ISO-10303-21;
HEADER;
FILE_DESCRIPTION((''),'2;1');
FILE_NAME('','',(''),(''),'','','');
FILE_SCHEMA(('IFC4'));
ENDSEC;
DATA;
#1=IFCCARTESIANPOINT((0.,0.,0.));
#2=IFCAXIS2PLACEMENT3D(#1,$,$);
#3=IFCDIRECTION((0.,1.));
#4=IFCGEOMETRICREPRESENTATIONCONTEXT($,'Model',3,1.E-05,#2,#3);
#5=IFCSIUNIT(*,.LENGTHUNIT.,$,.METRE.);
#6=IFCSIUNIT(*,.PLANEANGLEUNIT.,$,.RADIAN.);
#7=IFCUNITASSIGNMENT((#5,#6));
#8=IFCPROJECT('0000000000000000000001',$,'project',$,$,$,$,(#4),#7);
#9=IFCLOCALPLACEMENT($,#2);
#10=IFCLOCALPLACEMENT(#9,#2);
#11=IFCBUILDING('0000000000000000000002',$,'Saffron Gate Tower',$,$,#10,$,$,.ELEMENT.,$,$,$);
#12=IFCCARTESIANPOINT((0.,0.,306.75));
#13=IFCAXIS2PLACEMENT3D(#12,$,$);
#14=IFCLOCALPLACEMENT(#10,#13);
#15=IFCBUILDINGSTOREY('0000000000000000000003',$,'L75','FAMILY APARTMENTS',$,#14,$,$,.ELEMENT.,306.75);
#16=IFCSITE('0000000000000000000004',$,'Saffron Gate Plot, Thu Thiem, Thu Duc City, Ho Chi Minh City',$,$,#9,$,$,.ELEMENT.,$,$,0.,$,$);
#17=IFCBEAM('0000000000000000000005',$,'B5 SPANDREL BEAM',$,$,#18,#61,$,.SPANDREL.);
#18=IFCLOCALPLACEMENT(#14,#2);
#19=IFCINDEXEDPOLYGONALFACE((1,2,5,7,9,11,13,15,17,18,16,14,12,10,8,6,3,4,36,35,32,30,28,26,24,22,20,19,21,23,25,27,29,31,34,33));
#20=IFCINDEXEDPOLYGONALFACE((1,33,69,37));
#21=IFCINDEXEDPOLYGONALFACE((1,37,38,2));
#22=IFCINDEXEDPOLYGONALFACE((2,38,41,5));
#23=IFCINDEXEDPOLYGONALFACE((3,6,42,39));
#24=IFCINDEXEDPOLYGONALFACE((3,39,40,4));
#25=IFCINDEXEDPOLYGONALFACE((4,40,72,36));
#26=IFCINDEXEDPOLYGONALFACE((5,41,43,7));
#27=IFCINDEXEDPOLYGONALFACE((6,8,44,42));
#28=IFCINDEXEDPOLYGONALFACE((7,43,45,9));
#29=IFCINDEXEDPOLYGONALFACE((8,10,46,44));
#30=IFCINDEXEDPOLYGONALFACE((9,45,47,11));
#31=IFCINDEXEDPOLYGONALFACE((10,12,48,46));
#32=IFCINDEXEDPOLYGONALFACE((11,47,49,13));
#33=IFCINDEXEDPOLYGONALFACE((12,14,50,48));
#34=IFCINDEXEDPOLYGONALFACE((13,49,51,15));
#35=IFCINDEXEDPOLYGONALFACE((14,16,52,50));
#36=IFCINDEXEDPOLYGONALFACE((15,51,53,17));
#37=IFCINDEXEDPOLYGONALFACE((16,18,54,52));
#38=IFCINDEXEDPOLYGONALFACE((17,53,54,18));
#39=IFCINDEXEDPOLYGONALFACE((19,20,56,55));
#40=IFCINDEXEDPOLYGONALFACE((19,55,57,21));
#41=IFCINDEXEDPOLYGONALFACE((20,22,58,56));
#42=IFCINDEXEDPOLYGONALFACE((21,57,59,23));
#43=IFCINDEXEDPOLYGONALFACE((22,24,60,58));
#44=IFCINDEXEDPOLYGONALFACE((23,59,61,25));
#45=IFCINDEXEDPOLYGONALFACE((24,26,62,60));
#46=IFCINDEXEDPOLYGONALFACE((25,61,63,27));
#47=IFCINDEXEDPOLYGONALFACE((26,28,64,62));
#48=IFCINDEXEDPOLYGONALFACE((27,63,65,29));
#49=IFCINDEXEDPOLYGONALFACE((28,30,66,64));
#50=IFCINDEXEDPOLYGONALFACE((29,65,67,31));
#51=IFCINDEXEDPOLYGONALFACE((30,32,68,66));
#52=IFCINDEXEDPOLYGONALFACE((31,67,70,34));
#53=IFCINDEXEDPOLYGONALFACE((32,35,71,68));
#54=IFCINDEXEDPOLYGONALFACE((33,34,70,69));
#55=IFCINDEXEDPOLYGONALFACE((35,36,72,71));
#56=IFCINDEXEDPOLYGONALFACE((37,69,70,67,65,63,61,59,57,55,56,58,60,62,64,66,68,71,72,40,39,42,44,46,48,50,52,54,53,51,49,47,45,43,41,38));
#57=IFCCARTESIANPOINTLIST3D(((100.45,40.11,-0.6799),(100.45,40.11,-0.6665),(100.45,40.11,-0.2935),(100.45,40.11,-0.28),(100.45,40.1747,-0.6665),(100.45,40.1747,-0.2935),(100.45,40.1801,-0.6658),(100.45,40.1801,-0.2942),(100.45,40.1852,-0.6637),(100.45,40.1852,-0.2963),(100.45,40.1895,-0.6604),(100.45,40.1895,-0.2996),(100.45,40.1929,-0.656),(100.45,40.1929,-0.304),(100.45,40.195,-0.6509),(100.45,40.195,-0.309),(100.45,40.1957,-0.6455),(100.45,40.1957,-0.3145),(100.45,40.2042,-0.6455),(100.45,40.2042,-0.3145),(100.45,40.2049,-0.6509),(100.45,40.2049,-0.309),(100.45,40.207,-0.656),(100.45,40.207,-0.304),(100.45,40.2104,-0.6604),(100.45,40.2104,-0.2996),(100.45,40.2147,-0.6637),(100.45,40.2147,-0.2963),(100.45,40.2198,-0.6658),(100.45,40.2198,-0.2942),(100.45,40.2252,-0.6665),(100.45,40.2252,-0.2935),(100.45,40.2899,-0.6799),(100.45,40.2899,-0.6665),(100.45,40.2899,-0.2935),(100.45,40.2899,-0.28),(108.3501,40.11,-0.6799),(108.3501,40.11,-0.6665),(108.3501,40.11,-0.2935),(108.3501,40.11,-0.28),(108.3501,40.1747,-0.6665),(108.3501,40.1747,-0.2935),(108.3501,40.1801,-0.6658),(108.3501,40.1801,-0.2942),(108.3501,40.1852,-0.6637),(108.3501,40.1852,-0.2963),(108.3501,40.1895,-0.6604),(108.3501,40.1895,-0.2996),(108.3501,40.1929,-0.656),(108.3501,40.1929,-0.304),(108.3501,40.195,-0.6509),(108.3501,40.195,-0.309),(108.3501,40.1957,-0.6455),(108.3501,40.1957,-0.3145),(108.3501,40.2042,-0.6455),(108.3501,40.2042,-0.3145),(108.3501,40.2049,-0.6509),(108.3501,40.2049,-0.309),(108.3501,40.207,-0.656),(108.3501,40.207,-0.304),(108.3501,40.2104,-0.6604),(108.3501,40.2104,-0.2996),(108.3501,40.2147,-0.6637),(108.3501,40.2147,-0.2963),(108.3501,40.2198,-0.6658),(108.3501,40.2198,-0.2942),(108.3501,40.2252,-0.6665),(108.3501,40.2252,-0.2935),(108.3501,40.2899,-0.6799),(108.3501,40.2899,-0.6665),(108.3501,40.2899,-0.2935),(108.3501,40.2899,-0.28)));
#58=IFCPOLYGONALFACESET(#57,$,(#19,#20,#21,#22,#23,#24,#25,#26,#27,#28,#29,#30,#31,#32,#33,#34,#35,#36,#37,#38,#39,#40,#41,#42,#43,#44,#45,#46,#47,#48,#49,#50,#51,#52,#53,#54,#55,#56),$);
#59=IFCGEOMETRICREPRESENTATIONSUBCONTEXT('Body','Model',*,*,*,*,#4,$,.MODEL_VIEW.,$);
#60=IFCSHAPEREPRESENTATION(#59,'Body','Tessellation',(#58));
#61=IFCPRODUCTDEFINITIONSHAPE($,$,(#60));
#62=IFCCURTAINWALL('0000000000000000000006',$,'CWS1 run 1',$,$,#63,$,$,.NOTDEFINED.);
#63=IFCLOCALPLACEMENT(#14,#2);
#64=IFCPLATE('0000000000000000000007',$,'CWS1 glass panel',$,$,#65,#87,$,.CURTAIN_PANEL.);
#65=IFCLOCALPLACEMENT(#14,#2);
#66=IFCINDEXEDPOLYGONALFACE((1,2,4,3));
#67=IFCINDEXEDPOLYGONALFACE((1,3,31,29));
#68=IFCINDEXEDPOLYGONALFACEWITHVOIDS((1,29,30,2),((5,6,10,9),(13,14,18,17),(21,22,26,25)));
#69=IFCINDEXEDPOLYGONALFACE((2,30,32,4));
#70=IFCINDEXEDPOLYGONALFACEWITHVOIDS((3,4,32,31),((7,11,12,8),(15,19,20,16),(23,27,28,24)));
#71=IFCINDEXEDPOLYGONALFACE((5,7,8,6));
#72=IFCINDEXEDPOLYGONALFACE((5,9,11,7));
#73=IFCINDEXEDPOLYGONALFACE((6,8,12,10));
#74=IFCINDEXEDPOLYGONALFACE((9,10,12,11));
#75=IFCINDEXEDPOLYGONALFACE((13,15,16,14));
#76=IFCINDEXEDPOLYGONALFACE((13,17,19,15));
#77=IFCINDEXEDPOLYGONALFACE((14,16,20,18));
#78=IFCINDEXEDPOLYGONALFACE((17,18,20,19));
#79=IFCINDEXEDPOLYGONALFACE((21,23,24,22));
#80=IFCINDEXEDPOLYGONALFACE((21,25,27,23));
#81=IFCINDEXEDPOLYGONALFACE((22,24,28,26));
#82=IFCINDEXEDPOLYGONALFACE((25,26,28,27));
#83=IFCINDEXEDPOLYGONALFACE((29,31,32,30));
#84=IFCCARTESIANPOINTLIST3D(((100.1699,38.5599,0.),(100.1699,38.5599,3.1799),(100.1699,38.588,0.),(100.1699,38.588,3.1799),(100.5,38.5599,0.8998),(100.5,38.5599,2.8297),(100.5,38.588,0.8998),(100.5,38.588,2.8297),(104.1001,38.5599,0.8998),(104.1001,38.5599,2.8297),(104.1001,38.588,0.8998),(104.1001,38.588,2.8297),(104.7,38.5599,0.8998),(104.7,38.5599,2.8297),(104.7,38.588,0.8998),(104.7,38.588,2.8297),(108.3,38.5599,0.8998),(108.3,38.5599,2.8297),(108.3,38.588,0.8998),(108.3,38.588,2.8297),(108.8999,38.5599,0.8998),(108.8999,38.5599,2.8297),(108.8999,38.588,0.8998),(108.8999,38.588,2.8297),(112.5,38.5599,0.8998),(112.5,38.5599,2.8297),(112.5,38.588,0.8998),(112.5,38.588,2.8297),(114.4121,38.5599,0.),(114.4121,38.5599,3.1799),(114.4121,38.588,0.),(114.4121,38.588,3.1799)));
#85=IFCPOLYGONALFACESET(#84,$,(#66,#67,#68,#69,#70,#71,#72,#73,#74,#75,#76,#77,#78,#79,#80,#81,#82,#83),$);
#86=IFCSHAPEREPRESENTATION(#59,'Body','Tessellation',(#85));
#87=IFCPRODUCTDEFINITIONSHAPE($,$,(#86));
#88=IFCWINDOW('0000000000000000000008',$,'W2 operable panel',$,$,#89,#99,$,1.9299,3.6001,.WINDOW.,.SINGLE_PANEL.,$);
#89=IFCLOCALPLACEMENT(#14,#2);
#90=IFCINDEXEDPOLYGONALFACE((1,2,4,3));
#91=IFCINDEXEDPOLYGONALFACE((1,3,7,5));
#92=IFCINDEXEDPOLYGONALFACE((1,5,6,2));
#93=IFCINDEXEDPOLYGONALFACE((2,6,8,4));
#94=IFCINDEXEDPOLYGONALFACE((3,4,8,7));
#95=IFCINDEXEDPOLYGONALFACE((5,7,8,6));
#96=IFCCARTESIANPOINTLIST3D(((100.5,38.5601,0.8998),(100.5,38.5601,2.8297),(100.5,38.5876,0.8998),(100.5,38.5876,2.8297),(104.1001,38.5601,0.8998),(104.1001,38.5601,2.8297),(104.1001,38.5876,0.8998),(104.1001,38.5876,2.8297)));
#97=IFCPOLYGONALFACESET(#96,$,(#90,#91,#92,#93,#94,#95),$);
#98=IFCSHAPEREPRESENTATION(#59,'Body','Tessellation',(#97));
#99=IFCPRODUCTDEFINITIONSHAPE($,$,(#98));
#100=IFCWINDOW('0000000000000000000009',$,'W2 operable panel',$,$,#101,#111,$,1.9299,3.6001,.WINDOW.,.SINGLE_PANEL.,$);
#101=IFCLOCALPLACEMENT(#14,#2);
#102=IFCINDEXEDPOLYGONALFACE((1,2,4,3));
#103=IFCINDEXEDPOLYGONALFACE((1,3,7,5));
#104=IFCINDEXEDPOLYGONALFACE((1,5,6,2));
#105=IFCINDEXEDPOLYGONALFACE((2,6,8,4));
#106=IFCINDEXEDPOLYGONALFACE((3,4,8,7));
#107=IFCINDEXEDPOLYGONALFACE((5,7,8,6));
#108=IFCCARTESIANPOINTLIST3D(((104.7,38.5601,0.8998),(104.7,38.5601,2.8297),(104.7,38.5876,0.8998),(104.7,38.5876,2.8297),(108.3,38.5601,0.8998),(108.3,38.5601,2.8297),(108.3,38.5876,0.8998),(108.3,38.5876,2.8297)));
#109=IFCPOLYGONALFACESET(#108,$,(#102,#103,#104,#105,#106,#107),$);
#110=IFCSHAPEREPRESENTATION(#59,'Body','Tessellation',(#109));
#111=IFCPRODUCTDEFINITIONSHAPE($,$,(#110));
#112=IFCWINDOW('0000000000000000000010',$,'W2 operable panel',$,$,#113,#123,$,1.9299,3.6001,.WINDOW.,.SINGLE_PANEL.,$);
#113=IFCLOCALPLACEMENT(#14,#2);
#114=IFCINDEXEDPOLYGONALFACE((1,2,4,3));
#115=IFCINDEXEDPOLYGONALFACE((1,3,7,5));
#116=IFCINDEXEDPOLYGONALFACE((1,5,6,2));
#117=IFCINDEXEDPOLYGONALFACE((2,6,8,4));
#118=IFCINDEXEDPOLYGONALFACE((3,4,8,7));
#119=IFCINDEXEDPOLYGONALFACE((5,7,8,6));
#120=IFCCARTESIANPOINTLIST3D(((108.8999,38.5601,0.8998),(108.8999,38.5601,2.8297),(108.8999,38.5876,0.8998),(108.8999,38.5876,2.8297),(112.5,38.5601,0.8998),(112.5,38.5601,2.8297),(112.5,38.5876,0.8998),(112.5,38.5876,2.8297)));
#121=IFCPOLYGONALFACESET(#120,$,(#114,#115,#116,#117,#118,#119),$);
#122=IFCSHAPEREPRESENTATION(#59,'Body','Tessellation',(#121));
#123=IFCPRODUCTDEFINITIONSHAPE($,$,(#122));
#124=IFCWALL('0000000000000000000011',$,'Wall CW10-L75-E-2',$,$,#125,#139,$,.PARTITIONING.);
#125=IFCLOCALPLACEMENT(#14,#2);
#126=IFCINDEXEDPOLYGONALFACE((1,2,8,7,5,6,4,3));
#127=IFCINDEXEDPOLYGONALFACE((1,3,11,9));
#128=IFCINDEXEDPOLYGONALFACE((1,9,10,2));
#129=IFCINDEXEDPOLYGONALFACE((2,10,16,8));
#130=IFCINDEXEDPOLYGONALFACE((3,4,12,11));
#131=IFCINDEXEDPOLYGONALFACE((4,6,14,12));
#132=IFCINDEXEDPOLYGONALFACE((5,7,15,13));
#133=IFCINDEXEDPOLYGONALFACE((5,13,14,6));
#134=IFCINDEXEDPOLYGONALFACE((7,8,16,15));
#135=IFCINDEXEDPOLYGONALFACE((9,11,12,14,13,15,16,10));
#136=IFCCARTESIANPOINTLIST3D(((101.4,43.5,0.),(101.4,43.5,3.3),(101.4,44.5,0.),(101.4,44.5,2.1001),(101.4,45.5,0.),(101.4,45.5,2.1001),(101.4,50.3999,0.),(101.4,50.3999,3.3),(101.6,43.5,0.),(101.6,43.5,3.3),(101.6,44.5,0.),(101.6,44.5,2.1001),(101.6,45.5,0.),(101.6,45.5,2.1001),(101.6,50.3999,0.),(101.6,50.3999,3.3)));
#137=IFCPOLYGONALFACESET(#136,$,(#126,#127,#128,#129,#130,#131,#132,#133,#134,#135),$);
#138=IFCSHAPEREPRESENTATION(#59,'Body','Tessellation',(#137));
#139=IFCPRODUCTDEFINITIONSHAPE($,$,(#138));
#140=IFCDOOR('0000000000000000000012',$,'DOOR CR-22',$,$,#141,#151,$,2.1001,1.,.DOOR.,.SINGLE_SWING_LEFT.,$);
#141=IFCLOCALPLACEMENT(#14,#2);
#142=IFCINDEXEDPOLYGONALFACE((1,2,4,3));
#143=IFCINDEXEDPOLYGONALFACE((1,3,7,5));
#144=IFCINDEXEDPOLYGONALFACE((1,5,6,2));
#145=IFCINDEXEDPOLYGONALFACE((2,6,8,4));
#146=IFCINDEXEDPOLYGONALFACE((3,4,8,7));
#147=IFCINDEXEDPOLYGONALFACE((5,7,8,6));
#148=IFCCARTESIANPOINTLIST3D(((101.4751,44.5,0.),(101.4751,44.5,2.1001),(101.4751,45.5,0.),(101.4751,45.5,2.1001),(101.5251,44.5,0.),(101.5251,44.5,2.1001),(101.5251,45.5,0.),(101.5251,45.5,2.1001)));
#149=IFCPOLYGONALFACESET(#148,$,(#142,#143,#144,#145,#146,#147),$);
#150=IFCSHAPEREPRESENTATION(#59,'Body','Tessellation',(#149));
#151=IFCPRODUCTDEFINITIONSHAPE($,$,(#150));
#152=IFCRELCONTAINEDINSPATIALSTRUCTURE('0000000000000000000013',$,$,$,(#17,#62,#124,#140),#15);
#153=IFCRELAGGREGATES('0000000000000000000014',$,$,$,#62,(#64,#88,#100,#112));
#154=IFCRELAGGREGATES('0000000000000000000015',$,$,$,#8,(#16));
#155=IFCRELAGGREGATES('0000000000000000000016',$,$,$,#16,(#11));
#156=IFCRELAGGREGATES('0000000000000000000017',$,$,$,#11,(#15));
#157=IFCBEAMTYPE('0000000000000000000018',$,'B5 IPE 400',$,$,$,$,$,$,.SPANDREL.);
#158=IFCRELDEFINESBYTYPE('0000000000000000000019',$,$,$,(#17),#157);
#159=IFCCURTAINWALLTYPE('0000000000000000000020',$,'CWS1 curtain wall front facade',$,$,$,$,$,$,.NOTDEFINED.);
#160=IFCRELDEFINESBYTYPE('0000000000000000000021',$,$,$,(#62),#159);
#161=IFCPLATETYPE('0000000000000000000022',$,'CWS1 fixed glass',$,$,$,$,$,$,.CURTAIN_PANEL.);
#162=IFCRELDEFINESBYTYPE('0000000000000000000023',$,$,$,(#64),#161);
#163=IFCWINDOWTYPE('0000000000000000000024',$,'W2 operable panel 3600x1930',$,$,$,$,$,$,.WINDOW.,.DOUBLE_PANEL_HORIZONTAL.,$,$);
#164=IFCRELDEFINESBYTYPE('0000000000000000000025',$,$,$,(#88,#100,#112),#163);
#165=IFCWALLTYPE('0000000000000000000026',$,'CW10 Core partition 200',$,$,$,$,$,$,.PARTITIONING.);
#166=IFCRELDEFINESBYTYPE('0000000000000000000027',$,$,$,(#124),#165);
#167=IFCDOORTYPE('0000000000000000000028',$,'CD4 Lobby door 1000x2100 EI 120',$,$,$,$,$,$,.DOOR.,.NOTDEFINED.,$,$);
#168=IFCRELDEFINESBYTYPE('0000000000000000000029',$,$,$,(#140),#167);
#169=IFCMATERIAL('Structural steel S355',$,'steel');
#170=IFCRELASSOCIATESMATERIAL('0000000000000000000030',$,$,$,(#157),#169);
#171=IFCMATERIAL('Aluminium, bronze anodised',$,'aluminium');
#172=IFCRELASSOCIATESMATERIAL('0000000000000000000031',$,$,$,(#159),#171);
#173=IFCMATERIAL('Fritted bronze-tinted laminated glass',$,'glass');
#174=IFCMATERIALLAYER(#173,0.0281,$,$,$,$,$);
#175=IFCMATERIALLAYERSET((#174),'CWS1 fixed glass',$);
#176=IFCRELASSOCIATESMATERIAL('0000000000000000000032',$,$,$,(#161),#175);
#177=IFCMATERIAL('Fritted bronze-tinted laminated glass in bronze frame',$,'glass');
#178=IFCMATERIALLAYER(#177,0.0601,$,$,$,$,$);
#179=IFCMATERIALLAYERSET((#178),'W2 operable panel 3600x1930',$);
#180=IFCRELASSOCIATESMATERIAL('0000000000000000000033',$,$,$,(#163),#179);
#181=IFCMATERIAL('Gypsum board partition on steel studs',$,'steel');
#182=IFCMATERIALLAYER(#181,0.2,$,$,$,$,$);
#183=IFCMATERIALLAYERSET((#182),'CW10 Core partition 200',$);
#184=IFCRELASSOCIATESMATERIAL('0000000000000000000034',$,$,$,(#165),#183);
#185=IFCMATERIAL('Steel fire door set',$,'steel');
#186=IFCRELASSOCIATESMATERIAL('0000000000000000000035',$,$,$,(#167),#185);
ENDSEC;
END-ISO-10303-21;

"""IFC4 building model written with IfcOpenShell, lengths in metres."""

from ifc_helpers import new_model, si_unit, direction, frame, frame_2d, origin, origin_2d, place, context, subcontext, project, spatial, rectangle, i_section, extrude, material, layer, layer_set, material_profile, profile_set, type_object, element, fill, aggregate, save


model = new_model("IFC4")

# Units and contexts
model_context = context("Model", 3, precision=1e-05, world=origin(), true_north=direction((0.0, 1.0)))
body_context = subcontext(model_context, "Body", "Model", "MODEL_VIEW")
ifc_project = project(units=[si_unit("LENGTHUNIT", "METRE"), si_unit("PLANEANGLEUNIT", "RADIAN")], contexts=[model_context])

# Site, building, storey
site_placement = place(None, origin())
site = spatial("IfcSite", under=ifc_project, at=site_placement, Name="Saffron Gate Plot, Thu Thiem, Thu Duc City, Ho Chi Minh City", CompositionType="ELEMENT", RefElevation=0.0)
building_placement = place(site_placement, origin())
building = spatial("IfcBuilding", under=site, at=building_placement, Name="Saffron Gate Tower", CompositionType="ELEMENT")
storey_placement = place(building_placement, frame((0.0, 0.0, 306.75)))
storey = spatial("IfcBuildingStorey", under=building, at=storey_placement, Name="L75", Description="FAMILY APARTMENTS", CompositionType="ELEMENT", Elevation=306.75)

# Beam
ifc_material_1 = material(Name="Structural steel S355", Category="steel")
ifc_material_profile_1 = material_profile(ifc_material_1, i_section(OverallWidth=0.1799, OverallDepth=0.3999, WebThickness=0.0085, FlangeThickness=0.0134, FilletRadius=0.021, at=origin_2d()))
ifc_profile_set_1 = profile_set([ifc_material_profile_1], Name="Structural steel S355")
beam_type_1 = type_object("IfcBeamType", Name="B5 IPE 400", PredefinedType="SPANDREL", material=ifc_profile_set_1)
beam_1_placement = place(storey_placement, frame((100.45, 40.2, -0.48), z_axis=(1.0, 0.0, 0.0), x_axis=(0.0, 1.0, 0.0)))
element("IfcBeam", 1, at=beam_1_placement, inside=storey, type_object=beam_type_1, Name="B5 SPANDREL BEAM", PredefinedType="SPANDREL", context=body_context, shape_type="SweptSolid", body=[
    extrude(i_section(OverallWidth=0.1799, OverallDepth=0.3999, WebThickness=0.0085, FlangeThickness=0.0134, FilletRadius=0.021, at=origin_2d()), origin(), (0.0, 0.0, 1.0), 7.9001),
])

# Curtain wall, plate, openings, windows
ifc_material_2 = material(Name="Aluminium, bronze anodised", Category="aluminium")
curtain_wall_type = type_object("IfcCurtainWallType", Name="CWS1 curtain wall front facade", PredefinedType="NOTDEFINED", material=ifc_material_2)
curtain_wall_placement = place(storey_placement, origin())
curtain_wall = element("IfcCurtainWall", 2, at=curtain_wall_placement, inside=storey, type_object=curtain_wall_type, Name="CWS1 run 1", PredefinedType="NOTDEFINED")
ifc_material_3 = material(Name="Fritted bronze-tinted laminated glass", Category="glass")
ifc_layer_1 = layer(ifc_material_3, 0.0281)
ifc_layer_set_1 = layer_set([ifc_layer_1], Name="CWS1 fixed glass")
plate_type = type_object("IfcPlateType", Name="CWS1 fixed glass", PredefinedType="CURTAIN_PANEL", material=ifc_layer_set_1)
plate_placement = place(storey_placement, frame((100.1699, 38.574, 0.0), z_axis=(0.0, 0.0, 1.0), x_axis=(1.0, 0.0, 0.0)))
plate = element("IfcPlate", 3, at=plate_placement, type_object=plate_type, Name="CWS1 glass panel", PredefinedType="CURTAIN_PANEL", context=body_context, shape_type="SweptSolid", body=[
    extrude(rectangle(XDim=14.2422, YDim=0.0281, at=frame_2d((7.1211, 0.0))), origin(), (0.0, 0.0, 1.0), 3.1799),
])
opening_1_placement = place(plate_placement, frame((0.3301, 0.0, 0.8999)))
opening_1 = element("IfcOpeningElement", 4, at=opening_1_placement, cuts=plate, PredefinedType="OPENING", context=body_context, shape_type="SweptSolid", body=[
    extrude(rectangle(XDim=3.6001, YDim=1.9299, at=frame_2d((1.8, 0.9648))), frame((0.0, 0.0239, 0.0), z_axis=(0.0, -1.0, 0.0), x_axis=(1.0, 0.0, 0.0)), (0.0, 0.0, 1.0), 0.0481),
])
opening_2_placement = place(plate_placement, frame((4.53, 0.0, 0.8999)))
opening_2 = element("IfcOpeningElement", 5, at=opening_2_placement, cuts=plate, PredefinedType="OPENING", context=body_context, shape_type="SweptSolid", body=[
    extrude(rectangle(XDim=3.6001, YDim=1.9299, at=frame_2d((1.8, 0.9648))), frame((0.0, 0.0239, 0.0), z_axis=(0.0, -1.0, 0.0), x_axis=(1.0, 0.0, 0.0)), (0.0, 0.0, 1.0), 0.0481),
])
opening_3_placement = place(plate_placement, frame((8.73, 0.0, 0.8999)))
opening_3 = element("IfcOpeningElement", 6, at=opening_3_placement, cuts=plate, PredefinedType="OPENING", context=body_context, shape_type="SweptSolid", body=[
    extrude(rectangle(XDim=3.6001, YDim=1.9299, at=frame_2d((1.8, 0.9648))), frame((0.0, 0.0239, 0.0), z_axis=(0.0, -1.0, 0.0), x_axis=(1.0, 0.0, 0.0)), (0.0, 0.0, 1.0), 0.0481),
])
ifc_material_4 = material(Name="Fritted bronze-tinted laminated glass in bronze frame", Category="glass")
ifc_layer_2 = layer(ifc_material_4, 0.0601)
ifc_layer_set_2 = layer_set([ifc_layer_2], Name="W2 operable panel 3600x1930")
window_type = type_object("IfcWindowType", Name="W2 operable panel 3600x1930", PartitioningType="DOUBLE_PANEL_HORIZONTAL", PredefinedType="WINDOW", material=ifc_layer_set_2)
window_1_placement = place(opening_1_placement, origin())
window_1 = element("IfcWindow", 7, at=window_1_placement, type_object=window_type, Name="W2 operable panel", OverallHeight=1.9299, OverallWidth=3.6001, PartitioningType="SINGLE_PANEL", PredefinedType="WINDOW", context=body_context, shape_type="SweptSolid", body=[
    extrude(rectangle(XDim=3.6001, YDim=1.9299, at=frame_2d((1.8, 0.9648))), frame((0.0, 0.0137, 0.0), z_axis=(0.0, -1.0, 0.0), x_axis=(1.0, 0.0, 0.0)), (0.0, 0.0, 1.0), 0.0276),
])
fill(opening_1, window_1)
window_2_placement = place(opening_2_placement, origin())
window_2 = element("IfcWindow", 8, at=window_2_placement, type_object=window_type, Name="W2 operable panel", OverallHeight=1.9299, OverallWidth=3.6001, PartitioningType="SINGLE_PANEL", PredefinedType="WINDOW", context=body_context, shape_type="SweptSolid", body=[
    extrude(rectangle(XDim=3.6001, YDim=1.9299, at=frame_2d((1.8, 0.9648))), frame((0.0, 0.0137, 0.0), z_axis=(0.0, -1.0, 0.0), x_axis=(1.0, 0.0, 0.0)), (0.0, 0.0, 1.0), 0.0276),
])
fill(opening_2, window_2)
window_3_placement = place(opening_3_placement, origin())
window_3 = element("IfcWindow", 9, at=window_3_placement, type_object=window_type, Name="W2 operable panel", OverallHeight=1.9299, OverallWidth=3.6001, PartitioningType="SINGLE_PANEL", PredefinedType="WINDOW", context=body_context, shape_type="SweptSolid", body=[
    extrude(rectangle(XDim=3.6001, YDim=1.9299, at=frame_2d((1.8, 0.9648))), frame((0.0, 0.0137, 0.0), z_axis=(0.0, -1.0, 0.0), x_axis=(1.0, 0.0, 0.0)), (0.0, 0.0, 1.0), 0.0276),
])
fill(opening_3, window_3)
aggregate(curtain_wall, [plate, window_1, window_2, window_3])

# Wall, opening, door
ifc_material_5 = material(Name="Gypsum board partition on steel studs", Category="steel")
ifc_layer_3 = layer(ifc_material_5, 0.2)
ifc_layer_set_3 = layer_set([ifc_layer_3], Name="CW10 Core partition 200")
wall_type_1 = type_object("IfcWallType", Name="CW10 Core partition 200", PredefinedType="PARTITIONING", material=ifc_layer_set_3)
wall_1_placement = place(storey_placement, frame((101.5, 43.5, 0.0), z_axis=(0.0, 0.0, 1.0), x_axis=(0.0, 1.0, 0.0)))
wall_1 = element("IfcWall", 10, at=wall_1_placement, inside=storey, type_object=wall_type_1, Name="Wall CW10-L75-E-2", PredefinedType="PARTITIONING", context=body_context, shape_type="SweptSolid", body=[
    extrude(rectangle(XDim=6.8999, YDim=0.2, at=frame_2d((3.45, 0.0))), origin(), (0.0, 0.0, 1.0), 3.3),
])
opening_4_placement = place(wall_1_placement, frame((1.0, 0.0, 0.0)))
opening_4 = element("IfcOpeningElement", 11, at=opening_4_placement, cuts=wall_1, PredefinedType="OPENING", context=body_context, shape_type="SweptSolid", body=[
    extrude(rectangle(XDim=1.0, YDim=2.1001, at=frame_2d((0.5, 1.05))), frame((0.0, 0.1099, 0.0), z_axis=(0.0, -1.0, 0.0), x_axis=(1.0, 0.0, 0.0)), (0.0, 0.0, 1.0), 0.22),
])
ifc_material_6 = material(Name="Steel fire door set", Category="steel")
door_type_1 = type_object("IfcDoorType", Name="CD4 Lobby door 1000x2100 EI 120", OperationType="NOTDEFINED", PredefinedType="DOOR", material=ifc_material_6)
door_1_placement = place(opening_4_placement, origin())
door_1 = element("IfcDoor", 12, at=door_1_placement, inside=storey, type_object=door_type_1, Name="DOOR CR-22", OperationType="SINGLE_SWING_LEFT", OverallHeight=2.1001, OverallWidth=1.0, PredefinedType="DOOR", context=body_context, shape_type="SweptSolid", body=[
    extrude(rectangle(XDim=1.0, YDim=2.1001, at=frame_2d((0.5, 1.05))), frame((0.0, 0.0249, 0.0), z_axis=(0.0, -1.0, 0.0), x_axis=(1.0, 0.0, 0.0)), (0.0, 0.0, 1.0), 0.05),
])
fill(opening_4, door_1)

save(model, "model.ifc")
